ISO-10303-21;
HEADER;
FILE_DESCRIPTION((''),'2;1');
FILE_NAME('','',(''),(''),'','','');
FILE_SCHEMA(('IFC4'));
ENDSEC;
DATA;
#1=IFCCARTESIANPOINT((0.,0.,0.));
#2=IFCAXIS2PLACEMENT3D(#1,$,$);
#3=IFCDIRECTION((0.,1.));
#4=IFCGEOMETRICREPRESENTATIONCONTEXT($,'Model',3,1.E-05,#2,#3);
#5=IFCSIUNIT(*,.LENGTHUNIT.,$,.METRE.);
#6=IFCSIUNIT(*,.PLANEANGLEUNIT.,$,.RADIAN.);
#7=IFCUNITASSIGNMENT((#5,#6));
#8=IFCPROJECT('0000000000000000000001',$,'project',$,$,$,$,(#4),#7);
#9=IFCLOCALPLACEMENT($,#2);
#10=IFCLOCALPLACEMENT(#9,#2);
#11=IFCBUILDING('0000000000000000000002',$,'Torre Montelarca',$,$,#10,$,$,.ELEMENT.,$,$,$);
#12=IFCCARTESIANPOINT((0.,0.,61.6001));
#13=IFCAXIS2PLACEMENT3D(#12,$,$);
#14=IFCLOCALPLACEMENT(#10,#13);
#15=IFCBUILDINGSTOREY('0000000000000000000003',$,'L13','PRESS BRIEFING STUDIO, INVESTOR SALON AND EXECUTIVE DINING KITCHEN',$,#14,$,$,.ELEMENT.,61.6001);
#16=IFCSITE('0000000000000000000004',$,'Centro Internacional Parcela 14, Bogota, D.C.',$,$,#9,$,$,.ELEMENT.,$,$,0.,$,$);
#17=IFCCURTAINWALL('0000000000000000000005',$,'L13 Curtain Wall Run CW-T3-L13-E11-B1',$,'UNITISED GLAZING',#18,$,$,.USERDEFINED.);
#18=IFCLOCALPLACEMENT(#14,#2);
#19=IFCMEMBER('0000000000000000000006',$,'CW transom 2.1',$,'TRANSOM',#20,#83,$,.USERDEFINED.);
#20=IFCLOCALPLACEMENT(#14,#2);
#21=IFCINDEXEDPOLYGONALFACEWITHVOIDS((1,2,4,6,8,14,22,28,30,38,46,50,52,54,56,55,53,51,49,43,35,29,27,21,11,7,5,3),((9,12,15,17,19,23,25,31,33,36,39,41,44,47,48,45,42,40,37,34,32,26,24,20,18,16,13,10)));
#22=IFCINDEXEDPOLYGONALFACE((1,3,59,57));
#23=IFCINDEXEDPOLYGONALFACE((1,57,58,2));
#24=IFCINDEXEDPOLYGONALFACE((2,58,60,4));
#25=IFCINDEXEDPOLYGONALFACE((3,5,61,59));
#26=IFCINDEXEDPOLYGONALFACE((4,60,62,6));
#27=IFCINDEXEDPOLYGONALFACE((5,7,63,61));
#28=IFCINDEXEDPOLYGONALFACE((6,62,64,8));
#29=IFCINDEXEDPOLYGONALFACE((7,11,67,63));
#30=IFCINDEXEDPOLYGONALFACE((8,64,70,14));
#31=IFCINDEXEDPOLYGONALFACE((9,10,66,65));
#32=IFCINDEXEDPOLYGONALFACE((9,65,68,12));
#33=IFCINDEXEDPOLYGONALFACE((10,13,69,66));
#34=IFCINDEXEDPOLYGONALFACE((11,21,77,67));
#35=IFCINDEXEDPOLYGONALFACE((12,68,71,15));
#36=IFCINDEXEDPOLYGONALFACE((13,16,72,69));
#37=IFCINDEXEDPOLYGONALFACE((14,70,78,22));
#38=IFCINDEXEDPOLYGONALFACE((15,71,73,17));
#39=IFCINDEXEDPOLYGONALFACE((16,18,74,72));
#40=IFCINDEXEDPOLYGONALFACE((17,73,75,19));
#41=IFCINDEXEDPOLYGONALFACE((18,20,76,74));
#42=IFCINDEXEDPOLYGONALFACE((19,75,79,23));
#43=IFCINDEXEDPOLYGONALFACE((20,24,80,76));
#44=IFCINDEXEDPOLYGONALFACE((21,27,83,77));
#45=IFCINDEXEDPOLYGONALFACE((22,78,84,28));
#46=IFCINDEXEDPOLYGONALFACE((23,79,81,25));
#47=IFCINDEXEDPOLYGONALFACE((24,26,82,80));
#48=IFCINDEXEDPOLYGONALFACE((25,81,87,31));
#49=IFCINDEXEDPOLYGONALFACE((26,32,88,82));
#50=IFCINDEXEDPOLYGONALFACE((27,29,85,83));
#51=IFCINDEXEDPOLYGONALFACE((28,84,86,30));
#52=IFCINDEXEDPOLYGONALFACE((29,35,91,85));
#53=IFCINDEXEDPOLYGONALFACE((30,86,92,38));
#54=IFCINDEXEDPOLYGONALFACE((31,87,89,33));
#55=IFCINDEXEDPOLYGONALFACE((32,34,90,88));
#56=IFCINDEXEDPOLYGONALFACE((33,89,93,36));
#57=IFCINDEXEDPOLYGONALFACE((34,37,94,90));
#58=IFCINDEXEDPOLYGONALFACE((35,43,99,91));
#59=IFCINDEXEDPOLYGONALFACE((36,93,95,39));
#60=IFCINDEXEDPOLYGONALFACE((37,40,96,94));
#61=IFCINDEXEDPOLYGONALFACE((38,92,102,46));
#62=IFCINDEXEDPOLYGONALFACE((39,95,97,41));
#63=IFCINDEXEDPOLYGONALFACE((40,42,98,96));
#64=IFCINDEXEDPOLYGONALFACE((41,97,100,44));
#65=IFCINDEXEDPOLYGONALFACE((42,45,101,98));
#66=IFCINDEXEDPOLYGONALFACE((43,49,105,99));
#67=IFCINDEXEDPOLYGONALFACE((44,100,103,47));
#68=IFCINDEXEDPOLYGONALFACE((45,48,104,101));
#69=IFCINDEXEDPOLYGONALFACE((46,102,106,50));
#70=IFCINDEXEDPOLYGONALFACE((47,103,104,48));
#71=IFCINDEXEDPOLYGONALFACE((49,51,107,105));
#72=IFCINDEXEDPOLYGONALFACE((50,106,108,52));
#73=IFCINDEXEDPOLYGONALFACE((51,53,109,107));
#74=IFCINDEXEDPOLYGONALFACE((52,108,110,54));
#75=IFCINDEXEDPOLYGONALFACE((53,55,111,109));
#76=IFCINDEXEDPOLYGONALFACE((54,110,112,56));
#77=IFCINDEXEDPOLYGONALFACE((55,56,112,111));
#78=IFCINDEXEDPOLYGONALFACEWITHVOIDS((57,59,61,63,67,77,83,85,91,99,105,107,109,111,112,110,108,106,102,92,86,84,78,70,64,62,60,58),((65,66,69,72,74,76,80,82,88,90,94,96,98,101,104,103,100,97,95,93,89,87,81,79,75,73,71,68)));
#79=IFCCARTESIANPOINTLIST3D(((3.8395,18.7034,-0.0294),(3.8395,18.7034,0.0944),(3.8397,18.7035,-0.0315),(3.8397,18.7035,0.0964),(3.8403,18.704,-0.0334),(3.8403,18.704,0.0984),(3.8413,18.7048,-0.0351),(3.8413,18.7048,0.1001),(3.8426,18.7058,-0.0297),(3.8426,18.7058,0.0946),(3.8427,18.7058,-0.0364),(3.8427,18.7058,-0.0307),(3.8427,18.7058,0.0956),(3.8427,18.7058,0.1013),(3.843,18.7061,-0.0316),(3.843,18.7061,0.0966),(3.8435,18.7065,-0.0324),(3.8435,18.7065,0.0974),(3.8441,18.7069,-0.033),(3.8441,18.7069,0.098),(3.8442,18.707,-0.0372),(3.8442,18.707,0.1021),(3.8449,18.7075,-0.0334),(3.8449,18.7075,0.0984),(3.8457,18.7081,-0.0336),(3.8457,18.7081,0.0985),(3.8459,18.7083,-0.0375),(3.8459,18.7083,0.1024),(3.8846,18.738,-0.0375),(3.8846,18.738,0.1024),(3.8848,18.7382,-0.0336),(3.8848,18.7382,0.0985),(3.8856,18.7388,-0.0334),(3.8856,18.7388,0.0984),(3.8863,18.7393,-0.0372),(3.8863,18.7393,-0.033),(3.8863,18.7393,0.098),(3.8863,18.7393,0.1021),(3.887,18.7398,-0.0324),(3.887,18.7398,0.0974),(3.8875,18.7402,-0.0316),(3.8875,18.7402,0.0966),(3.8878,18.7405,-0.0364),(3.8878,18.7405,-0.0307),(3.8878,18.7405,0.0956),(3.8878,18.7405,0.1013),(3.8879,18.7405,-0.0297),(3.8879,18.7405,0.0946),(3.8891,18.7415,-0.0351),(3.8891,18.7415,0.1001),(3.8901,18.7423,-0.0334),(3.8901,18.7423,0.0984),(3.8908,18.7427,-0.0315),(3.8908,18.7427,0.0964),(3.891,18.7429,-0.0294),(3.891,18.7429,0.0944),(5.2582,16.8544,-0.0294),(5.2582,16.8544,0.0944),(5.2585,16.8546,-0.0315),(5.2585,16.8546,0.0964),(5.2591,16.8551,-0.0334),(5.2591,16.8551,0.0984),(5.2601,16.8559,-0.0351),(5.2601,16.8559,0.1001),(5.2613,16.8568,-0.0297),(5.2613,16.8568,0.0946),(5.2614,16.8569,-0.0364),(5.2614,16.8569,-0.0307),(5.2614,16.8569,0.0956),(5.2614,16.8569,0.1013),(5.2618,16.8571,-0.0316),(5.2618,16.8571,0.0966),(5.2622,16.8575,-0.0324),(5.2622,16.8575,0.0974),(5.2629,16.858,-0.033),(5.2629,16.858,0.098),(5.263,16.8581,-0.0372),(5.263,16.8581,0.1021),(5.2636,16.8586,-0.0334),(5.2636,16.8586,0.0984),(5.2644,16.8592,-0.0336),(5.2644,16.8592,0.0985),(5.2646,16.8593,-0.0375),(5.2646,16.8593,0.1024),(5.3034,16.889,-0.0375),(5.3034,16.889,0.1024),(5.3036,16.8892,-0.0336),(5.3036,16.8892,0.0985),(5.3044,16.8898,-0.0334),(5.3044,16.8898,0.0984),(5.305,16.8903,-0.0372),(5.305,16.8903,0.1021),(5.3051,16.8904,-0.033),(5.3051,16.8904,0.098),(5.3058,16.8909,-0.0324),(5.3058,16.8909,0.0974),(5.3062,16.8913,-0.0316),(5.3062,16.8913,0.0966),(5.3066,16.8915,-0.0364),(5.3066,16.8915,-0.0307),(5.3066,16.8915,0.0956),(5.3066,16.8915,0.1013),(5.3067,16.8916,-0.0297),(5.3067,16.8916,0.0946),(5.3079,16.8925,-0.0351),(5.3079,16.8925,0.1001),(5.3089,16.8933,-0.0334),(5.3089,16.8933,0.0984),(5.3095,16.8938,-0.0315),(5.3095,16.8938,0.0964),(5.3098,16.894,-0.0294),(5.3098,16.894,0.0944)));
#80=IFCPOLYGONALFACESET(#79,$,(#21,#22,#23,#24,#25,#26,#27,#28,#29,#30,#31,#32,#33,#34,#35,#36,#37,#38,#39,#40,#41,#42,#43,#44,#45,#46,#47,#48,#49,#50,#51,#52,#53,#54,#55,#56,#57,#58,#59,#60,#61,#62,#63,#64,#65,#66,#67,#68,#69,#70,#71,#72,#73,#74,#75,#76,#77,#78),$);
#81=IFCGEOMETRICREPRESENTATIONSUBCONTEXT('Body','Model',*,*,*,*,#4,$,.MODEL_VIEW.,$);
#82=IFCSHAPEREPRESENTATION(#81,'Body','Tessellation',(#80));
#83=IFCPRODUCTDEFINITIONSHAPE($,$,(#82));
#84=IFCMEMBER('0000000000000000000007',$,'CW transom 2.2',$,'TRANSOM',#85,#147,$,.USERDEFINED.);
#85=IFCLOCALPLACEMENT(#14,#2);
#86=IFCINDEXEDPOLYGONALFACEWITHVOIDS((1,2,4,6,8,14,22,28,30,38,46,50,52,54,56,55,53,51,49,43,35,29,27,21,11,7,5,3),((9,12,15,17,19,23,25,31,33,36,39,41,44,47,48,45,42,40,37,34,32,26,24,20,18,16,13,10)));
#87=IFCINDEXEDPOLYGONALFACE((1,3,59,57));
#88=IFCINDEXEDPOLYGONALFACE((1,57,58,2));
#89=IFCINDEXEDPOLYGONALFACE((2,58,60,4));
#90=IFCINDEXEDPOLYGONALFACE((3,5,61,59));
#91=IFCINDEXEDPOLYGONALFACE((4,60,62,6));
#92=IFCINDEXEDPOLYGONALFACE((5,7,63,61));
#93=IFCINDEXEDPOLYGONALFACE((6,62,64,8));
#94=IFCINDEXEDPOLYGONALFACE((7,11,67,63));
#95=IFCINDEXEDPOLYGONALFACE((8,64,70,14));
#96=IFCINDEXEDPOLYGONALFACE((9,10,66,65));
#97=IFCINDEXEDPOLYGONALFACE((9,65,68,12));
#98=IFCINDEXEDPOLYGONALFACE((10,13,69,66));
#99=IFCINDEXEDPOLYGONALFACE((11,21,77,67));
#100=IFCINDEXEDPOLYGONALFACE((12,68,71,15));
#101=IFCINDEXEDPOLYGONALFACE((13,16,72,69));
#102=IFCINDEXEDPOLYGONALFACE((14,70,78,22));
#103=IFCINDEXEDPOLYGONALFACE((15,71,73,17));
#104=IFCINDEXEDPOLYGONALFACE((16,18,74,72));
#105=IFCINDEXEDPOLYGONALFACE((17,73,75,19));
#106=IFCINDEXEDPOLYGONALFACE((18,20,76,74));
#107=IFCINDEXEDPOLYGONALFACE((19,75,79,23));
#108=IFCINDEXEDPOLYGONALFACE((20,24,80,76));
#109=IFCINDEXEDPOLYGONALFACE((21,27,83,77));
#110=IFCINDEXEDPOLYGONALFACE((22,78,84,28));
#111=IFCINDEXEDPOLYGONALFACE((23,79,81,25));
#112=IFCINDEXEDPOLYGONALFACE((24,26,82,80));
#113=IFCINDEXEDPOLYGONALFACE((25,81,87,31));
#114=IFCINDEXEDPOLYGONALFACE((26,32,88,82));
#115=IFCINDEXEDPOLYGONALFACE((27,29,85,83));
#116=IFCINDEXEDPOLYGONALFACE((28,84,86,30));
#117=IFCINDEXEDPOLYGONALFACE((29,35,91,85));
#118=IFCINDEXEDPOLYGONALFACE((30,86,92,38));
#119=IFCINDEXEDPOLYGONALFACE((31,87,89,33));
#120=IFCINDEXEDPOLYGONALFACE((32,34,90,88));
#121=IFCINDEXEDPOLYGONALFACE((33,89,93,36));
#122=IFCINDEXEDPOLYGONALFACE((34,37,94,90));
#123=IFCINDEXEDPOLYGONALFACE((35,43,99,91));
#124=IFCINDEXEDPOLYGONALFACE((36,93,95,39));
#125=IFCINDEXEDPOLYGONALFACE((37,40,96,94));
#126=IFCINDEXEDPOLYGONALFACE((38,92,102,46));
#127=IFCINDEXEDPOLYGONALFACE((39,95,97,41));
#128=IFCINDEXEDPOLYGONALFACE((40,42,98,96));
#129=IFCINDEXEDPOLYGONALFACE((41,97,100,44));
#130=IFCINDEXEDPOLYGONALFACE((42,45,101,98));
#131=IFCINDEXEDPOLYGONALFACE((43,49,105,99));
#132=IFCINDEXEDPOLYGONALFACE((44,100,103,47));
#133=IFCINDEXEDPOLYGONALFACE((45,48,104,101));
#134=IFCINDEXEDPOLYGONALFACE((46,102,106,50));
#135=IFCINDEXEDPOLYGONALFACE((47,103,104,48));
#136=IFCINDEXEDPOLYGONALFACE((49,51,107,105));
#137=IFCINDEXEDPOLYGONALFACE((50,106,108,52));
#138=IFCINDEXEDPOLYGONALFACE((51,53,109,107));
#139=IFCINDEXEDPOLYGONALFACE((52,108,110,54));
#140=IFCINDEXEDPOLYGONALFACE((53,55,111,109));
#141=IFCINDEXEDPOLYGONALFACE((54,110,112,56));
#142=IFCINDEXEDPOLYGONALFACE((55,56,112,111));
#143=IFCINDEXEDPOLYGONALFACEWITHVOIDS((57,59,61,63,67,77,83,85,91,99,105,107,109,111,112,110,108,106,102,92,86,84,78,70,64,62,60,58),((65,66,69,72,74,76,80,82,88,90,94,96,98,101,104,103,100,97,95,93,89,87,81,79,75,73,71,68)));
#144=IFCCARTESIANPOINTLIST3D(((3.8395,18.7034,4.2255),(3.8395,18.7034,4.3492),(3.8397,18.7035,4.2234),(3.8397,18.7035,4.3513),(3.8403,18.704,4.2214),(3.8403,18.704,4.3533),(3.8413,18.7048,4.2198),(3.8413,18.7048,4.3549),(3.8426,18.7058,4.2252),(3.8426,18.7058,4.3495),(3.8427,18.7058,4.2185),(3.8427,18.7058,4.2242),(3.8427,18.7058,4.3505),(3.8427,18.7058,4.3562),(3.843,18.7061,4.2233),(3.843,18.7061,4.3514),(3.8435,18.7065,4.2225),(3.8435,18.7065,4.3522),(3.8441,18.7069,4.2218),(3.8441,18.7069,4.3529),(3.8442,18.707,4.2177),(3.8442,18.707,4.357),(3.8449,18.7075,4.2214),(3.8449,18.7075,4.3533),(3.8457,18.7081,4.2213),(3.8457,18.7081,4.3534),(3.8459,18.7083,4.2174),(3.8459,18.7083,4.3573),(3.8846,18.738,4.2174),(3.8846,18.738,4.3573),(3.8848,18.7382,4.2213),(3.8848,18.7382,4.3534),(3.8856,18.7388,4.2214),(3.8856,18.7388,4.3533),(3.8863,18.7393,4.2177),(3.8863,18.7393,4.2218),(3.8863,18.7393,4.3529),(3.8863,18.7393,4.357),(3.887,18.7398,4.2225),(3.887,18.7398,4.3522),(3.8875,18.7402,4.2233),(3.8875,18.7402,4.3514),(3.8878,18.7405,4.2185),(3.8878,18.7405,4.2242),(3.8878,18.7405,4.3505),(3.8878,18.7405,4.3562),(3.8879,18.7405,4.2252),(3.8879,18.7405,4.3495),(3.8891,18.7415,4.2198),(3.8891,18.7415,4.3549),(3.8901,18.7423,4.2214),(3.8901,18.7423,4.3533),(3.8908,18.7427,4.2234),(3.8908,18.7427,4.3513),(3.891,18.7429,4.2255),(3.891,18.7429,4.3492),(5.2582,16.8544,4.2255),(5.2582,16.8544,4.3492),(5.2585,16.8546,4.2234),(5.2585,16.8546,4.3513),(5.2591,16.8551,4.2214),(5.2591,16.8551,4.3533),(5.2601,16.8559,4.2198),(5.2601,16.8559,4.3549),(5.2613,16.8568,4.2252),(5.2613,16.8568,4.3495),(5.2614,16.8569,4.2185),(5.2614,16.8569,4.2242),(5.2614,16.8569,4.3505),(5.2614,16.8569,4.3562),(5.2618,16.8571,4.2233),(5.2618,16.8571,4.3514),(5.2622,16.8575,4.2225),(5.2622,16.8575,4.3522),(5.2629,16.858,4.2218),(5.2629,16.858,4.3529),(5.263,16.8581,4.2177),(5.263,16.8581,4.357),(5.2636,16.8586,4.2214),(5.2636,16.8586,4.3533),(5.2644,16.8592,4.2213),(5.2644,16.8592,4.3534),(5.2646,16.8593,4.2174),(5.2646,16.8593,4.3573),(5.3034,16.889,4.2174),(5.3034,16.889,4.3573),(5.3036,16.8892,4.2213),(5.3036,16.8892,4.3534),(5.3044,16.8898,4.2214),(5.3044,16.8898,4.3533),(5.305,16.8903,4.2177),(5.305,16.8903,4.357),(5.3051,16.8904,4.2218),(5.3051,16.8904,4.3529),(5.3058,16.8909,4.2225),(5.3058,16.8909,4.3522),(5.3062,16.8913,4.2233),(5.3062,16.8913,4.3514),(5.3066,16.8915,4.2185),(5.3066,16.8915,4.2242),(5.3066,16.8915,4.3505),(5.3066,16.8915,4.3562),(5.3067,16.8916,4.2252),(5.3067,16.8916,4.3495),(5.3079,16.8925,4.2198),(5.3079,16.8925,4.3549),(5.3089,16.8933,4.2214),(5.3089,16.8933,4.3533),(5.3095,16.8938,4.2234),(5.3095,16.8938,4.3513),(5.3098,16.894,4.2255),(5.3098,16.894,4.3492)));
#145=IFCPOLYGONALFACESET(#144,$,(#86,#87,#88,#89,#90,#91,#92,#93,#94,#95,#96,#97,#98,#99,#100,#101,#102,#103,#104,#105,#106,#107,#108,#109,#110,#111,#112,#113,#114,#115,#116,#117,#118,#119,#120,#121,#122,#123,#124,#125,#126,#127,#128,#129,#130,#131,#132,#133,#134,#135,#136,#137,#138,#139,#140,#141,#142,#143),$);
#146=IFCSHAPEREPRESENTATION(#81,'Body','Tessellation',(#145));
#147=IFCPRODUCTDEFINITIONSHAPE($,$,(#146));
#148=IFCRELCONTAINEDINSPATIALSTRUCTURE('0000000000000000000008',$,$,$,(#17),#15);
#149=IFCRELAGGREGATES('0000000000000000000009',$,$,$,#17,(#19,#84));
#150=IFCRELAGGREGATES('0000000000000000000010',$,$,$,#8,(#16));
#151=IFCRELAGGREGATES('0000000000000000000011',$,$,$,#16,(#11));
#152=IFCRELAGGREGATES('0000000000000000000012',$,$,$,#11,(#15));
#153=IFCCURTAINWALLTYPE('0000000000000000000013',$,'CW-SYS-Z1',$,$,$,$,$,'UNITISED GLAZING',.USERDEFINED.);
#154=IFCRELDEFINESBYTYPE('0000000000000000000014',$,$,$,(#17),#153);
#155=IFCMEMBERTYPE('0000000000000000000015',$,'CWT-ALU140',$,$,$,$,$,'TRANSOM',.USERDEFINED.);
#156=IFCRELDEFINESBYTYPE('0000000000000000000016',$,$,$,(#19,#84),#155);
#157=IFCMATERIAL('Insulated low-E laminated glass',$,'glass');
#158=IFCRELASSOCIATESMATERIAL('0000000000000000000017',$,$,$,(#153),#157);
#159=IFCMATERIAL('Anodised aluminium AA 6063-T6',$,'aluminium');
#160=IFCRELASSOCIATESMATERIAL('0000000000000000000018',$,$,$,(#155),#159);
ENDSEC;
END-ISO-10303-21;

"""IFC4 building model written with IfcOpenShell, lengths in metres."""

from ifc_helpers import new_model, si_unit, direction, frame, origin, origin_2d, place, context, subcontext, project, spatial, hollow_rectangle, extrude, source, transform, mapped, material, material_profile, profile_set, type_object, element, aggregate, save


model = new_model("IFC4")

# Units and contexts
model_context = context("Model", 3, precision=1e-05, world=origin(), true_north=direction((0.0, 1.0)))
body_context = subcontext(model_context, "Body", "Model", "MODEL_VIEW")
ifc_project = project(units=[si_unit("LENGTHUNIT", "METRE"), si_unit("PLANEANGLEUNIT", "RADIAN")], contexts=[model_context])

# Site, building, storey
site_placement = place(None, origin())
site = spatial("IfcSite", under=ifc_project, at=site_placement, Name="Centro Internacional Parcela 14, Bogota, D.C.", CompositionType="ELEMENT", RefElevation=0.0)
building_placement = place(site_placement, origin())
building = spatial("IfcBuilding", under=site, at=building_placement, Name="Torre Montelarca", CompositionType="ELEMENT")
storey_placement = place(building_placement, frame((0.0, 0.0, 61.6001)))
storey = spatial("IfcBuildingStorey", under=building, at=storey_placement, Name="L13", Description="PRESS BRIEFING STUDIO, INVESTOR SALON AND EXECUTIVE DINING KITCHEN", CompositionType="ELEMENT", Elevation=61.6001)

# Curtain wall, members
ifc_material_1 = material(Name="Insulated low-E laminated glass", Category="glass")
curtain_wall_type = type_object("IfcCurtainWallType", Name="CW-SYS-Z1", ElementType="UNITISED GLAZING", PredefinedType="USERDEFINED", material=ifc_material_1)
ifc_material_2 = material(Name="Anodised aluminium AA 6063-T6", Category="aluminium")
ifc_material_profile_1 = material_profile(ifc_material_2, hollow_rectangle(XDim=0.0649, YDim=0.1399, WallThickness=0.0039, InnerFilletRadius=0.0039, OuterFilletRadius=0.0081, at=origin_2d()), Name="ALU65X140X4", Category="aluminium")
ifc_profile_set_1 = profile_set([ifc_material_profile_1], Name="Anodised aluminium AA 6063-T6")
member_type_1 = type_object("IfcMemberType", Name="CWT-ALU140", ElementType="TRANSOM", PredefinedType="USERDEFINED", material=ifc_profile_set_1)
curtain_wall_1_placement = place(storey_placement, origin())
curtain_wall_1 = element("IfcCurtainWall", 1, at=curtain_wall_1_placement, inside=storey, type_object=curtain_wall_type, Name="L13 Curtain Wall Run CW-T3-L13-E11-B1", ObjectType="UNITISED GLAZING", PredefinedType="USERDEFINED")
shared_shape_1 = source(origin(), body_context, "Body", "SweptSolid", [
    extrude(hollow_rectangle(XDim=0.0649, YDim=0.1399, WallThickness=0.0039, InnerFilletRadius=0.0039, OuterFilletRadius=0.0081, at=origin_2d()), origin(), (0.0, 0.0, 1.0), 2.3306),
])
member_1_placement = place(storey_placement, frame((3.8652, 18.7231, 0.0325), z_axis=(0.608764, -0.793352, 0.0), x_axis=(0.793352, 0.608764, 0.0)))
member_1 = element("IfcMember", 2, at=member_1_placement, type_object=member_type_1, Name="CW transom 2.1", ObjectType="TRANSOM", PredefinedType="USERDEFINED", context=body_context, shape_type="MappedRepresentation", body=[
    mapped(shared_shape_1, transform((0.0, 0.0, 0.0), scale=1.0)),
])
member_2_placement = place(storey_placement, frame((3.8652, 18.7231, 4.2874), z_axis=(0.608764, -0.793352, 0.0), x_axis=(0.793352, 0.608764, 0.0)))
member_2 = element("IfcMember", 3, at=member_2_placement, type_object=member_type_1, Name="CW transom 2.2", ObjectType="TRANSOM", PredefinedType="USERDEFINED", context=body_context, shape_type="MappedRepresentation", body=[
    mapped(shared_shape_1, transform((0.0, 0.0, 0.0), scale=1.0)),
])

aggregate(curtain_wall_1, [member_1, member_2])

save(model, "model.ifc")
